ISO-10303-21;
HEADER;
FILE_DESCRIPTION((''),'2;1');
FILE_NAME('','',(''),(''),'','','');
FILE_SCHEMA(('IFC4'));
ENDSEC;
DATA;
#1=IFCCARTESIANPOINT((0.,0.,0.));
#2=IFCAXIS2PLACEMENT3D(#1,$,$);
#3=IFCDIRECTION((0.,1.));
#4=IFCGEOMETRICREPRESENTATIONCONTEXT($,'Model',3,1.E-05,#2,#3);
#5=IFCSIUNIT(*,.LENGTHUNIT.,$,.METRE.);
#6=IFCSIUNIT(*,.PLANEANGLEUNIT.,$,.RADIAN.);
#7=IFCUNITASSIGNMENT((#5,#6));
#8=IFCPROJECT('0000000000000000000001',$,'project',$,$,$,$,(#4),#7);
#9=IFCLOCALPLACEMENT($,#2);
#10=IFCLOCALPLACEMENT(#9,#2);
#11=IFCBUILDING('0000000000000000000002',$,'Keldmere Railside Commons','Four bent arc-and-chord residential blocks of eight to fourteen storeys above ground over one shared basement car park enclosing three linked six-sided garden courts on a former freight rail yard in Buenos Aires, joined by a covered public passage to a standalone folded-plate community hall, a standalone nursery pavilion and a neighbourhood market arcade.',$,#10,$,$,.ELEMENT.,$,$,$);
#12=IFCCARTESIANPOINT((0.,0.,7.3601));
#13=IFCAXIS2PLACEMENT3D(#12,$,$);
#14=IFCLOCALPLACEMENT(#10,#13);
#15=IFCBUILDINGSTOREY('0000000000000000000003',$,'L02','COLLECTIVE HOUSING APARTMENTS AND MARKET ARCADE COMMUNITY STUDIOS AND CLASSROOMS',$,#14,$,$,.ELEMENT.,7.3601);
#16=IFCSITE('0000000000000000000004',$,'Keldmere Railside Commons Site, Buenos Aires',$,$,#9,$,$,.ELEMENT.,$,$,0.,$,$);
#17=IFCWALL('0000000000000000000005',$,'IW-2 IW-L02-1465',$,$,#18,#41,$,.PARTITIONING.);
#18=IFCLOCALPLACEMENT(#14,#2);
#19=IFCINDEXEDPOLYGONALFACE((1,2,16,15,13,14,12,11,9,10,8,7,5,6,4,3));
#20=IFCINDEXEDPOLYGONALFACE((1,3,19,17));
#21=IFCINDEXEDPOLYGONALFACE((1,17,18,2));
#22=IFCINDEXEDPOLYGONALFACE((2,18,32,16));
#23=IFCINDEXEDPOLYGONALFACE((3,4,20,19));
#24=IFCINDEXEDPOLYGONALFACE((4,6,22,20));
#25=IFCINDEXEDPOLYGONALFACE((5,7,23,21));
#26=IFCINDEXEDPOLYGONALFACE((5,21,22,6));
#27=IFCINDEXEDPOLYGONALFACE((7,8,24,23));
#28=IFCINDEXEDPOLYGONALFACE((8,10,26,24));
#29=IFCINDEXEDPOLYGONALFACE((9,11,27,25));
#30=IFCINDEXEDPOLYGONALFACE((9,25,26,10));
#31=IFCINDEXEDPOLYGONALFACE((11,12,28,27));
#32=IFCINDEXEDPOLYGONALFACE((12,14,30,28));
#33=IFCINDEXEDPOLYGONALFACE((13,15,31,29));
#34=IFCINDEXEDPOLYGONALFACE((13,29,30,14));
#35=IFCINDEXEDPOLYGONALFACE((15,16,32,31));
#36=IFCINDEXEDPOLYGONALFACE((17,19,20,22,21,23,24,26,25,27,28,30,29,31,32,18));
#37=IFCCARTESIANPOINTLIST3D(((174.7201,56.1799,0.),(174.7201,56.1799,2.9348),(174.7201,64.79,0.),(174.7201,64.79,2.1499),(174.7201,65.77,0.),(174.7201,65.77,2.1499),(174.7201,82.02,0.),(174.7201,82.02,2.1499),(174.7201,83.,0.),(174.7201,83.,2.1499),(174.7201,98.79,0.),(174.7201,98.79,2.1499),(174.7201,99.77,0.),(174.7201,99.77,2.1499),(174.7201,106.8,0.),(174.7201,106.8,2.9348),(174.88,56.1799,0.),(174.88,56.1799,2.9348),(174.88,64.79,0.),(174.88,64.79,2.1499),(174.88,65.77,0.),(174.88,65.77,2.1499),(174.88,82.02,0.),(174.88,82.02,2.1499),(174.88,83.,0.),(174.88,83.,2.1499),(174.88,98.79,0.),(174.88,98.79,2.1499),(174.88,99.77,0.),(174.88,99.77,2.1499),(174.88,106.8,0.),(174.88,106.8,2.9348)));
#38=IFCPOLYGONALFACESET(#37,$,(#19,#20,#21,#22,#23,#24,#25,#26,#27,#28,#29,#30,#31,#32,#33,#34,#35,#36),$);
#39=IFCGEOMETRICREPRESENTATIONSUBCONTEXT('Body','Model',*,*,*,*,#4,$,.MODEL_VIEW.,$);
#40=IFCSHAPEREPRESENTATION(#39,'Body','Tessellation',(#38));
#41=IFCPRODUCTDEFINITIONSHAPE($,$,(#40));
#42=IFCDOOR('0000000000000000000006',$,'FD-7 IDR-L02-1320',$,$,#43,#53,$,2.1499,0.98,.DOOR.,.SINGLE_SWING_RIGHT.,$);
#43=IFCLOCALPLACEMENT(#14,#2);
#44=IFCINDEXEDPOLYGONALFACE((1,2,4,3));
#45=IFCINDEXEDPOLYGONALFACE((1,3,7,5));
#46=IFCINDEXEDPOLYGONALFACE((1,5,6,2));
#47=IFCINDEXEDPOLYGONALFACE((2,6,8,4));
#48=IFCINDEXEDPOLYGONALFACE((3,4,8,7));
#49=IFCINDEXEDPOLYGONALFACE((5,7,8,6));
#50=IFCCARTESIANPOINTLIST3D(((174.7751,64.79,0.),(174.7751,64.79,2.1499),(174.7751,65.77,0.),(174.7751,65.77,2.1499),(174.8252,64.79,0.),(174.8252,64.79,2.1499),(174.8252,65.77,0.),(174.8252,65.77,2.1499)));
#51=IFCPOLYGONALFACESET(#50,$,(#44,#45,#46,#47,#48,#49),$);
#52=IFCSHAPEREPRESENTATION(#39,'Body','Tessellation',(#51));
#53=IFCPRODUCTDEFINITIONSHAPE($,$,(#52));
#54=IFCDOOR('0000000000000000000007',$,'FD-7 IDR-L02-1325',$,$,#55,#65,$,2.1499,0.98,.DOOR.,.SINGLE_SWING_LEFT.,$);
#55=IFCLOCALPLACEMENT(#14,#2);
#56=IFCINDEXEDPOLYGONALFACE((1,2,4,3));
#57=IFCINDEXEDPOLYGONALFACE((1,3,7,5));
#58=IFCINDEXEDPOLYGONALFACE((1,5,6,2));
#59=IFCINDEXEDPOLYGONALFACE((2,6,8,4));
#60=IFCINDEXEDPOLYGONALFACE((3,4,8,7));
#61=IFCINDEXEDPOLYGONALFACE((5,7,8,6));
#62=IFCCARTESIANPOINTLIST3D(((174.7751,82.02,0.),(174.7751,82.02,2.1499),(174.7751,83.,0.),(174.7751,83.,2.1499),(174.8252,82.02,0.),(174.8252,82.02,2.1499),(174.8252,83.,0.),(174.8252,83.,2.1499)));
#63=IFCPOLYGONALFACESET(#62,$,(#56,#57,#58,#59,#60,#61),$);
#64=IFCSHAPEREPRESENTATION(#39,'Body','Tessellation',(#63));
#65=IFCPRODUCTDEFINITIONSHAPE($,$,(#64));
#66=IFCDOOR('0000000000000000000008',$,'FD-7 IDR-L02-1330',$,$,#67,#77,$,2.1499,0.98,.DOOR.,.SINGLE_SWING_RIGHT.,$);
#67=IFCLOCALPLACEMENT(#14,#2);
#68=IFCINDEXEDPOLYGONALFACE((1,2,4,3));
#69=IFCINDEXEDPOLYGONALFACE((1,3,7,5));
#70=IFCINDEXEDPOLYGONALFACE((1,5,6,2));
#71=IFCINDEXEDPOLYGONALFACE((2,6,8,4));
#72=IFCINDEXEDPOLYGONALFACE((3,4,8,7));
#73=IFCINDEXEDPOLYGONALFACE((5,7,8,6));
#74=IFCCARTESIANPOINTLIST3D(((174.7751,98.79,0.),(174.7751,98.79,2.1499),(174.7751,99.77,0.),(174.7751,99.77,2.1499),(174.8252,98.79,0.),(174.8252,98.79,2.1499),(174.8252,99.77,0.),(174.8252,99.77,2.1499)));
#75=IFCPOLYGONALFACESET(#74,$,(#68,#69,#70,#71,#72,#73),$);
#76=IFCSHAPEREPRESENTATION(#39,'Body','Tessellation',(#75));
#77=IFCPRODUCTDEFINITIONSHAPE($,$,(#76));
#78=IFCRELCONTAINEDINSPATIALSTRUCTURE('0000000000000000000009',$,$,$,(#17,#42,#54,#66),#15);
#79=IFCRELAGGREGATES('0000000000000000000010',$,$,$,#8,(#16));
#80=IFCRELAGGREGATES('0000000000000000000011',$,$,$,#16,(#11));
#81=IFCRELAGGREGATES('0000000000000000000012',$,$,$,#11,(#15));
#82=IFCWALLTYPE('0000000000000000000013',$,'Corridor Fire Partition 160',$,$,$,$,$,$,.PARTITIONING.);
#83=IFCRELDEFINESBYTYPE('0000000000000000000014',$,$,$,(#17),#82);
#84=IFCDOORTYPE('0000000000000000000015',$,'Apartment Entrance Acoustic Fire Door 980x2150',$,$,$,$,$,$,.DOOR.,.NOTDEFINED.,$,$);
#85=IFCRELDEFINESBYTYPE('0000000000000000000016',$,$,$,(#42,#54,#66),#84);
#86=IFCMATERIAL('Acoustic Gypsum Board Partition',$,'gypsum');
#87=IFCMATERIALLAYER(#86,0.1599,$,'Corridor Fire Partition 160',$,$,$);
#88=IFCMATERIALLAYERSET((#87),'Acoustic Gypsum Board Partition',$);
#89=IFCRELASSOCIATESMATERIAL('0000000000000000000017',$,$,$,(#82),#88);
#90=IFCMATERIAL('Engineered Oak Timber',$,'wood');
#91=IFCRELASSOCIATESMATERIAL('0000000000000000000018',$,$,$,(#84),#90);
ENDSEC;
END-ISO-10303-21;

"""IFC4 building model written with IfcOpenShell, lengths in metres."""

from ifc_helpers import new_model, si_unit, direction, frame, frame_2d, origin, place, context, subcontext, project, spatial, rectangle, extrude, material, layer, layer_set, type_object, element, fill, save


model = new_model("IFC4")

# Units and contexts
model_context = context("Model", 3, precision=1e-05, world=origin(), true_north=direction((0.0, 1.0)))
body_context = subcontext(model_context, "Body", "Model", "MODEL_VIEW")
ifc_project = project(units=[si_unit("LENGTHUNIT", "METRE"), si_unit("PLANEANGLEUNIT", "RADIAN")], contexts=[model_context])

# Site, building, storey
site_placement = place(None, origin())
site = spatial("IfcSite", under=ifc_project, at=site_placement, Name="Keldmere Railside Commons Site, Buenos Aires", CompositionType="ELEMENT", RefElevation=0.0)
building_placement = place(site_placement, origin())
building = spatial("IfcBuilding", under=site, at=building_placement, Name="Keldmere Railside Commons", Description="Four bent arc-and-chord residential blocks of eight to fourteen storeys above ground over one shared basement car park enclosing three linked six-sided garden courts on a former freight rail yard in Buenos Aires, joined by a covered public passage to a standalone folded-plate community hall, a standalone nursery pavilion and a neighbourhood market arcade.", CompositionType="ELEMENT")
storey_placement = place(building_placement, frame((0.0, 0.0, 7.3601)))
storey = spatial("IfcBuildingStorey", under=building, at=storey_placement, Name="L02", Description="COLLECTIVE HOUSING APARTMENTS AND MARKET ARCADE COMMUNITY STUDIOS AND CLASSROOMS", CompositionType="ELEMENT", Elevation=7.3601)

# Shared definitions
ifc_material_1 = material(Name="Acoustic Gypsum Board Partition", Category="gypsum")
ifc_material_2 = material(Name="Engineered Oak Timber", Category="wood")

# Wall, openings, doors
ifc_layer_1 = layer(ifc_material_1, 0.1599, Name="Corridor Fire Partition 160")
ifc_layer_set_1 = layer_set([ifc_layer_1], Name="Acoustic Gypsum Board Partition")
wall_type_1 = type_object("IfcWallType", Name="Corridor Fire Partition 160", PredefinedType="PARTITIONING", material=ifc_layer_set_1)
wall_1_placement = place(storey_placement, frame((174.8, 56.1799, 0.0), z_axis=(0.0, 0.0, 1.0), x_axis=(0.0, 1.0, 0.0)))
wall_1 = element("IfcWall", 1, at=wall_1_placement, inside=storey, type_object=wall_type_1, Name="IW-2 IW-L02-1465", PredefinedType="PARTITIONING", context=body_context, shape_type="SweptSolid", body=[
    extrude(rectangle(XDim=50.6201, YDim=0.1599, at=frame_2d((25.3101, 0.0))), origin(), (0.0, 0.0, 1.0), 2.9348),
])
opening_1_placement = place(wall_1_placement, frame((8.6101, 0.0, 0.0)))
opening_1 = element("IfcOpeningElement", 2, at=opening_1_placement, cuts=wall_1, PredefinedType="OPENING", context=body_context, shape_type="SweptSolid", body=[
    extrude(rectangle(XDim=0.98, YDim=2.1499, at=frame_2d((0.49, 1.075))), frame((0.0, 0.0898, 0.0), z_axis=(0.0, -1.0, 0.0), x_axis=(1.0, 0.0, 0.0)), (0.0, 0.0, 1.0), 0.1799),
])
opening_2_placement = place(wall_1_placement, frame((25.8401, 0.0, 0.0)))
opening_2 = element("IfcOpeningElement", 3, at=opening_2_placement, cuts=wall_1, PredefinedType="OPENING", context=body_context, shape_type="SweptSolid", body=[
    extrude(rectangle(XDim=0.98, YDim=2.1499, at=frame_2d((0.49, 1.075))), frame((0.0, 0.0898, 0.0), z_axis=(0.0, -1.0, 0.0), x_axis=(1.0, 0.0, 0.0)), (0.0, 0.0, 1.0), 0.1799),
])
opening_3_placement = place(wall_1_placement, frame((42.6101, 0.0, 0.0)))
opening_3 = element("IfcOpeningElement", 4, at=opening_3_placement, cuts=wall_1, PredefinedType="OPENING", context=body_context, shape_type="SweptSolid", body=[
    extrude(rectangle(XDim=0.98, YDim=2.1499, at=frame_2d((0.49, 1.075))), frame((0.0, 0.0898, 0.0), z_axis=(0.0, -1.0, 0.0), x_axis=(1.0, 0.0, 0.0)), (0.0, 0.0, 1.0), 0.1799),
])
door_type_1 = type_object("IfcDoorType", Name="Apartment Entrance Acoustic Fire Door 980x2150", OperationType="NOTDEFINED", PredefinedType="DOOR", material=ifc_material_2)
door_1_placement = place(opening_1_placement, origin())
door_1 = element("IfcDoor", 5, at=door_1_placement, inside=storey, type_object=door_type_1, Name="FD-7 IDR-L02-1320", OperationType="SINGLE_SWING_RIGHT", OverallHeight=2.1499, OverallWidth=0.98, PredefinedType="DOOR", context=body_context, shape_type="SweptSolid", body=[
    extrude(rectangle(XDim=0.98, YDim=2.1499, at=frame_2d((0.49, 1.075))), frame((0.0, 0.0249, 0.0), z_axis=(0.0, -1.0, 0.0), x_axis=(1.0, 0.0, 0.0)), (0.0, 0.0, 1.0), 0.05),
])
fill(opening_1, door_1)
door_2_placement = place(opening_2_placement, origin())
door_2 = element("IfcDoor", 6, at=door_2_placement, inside=storey, type_object=door_type_1, Name="FD-7 IDR-L02-1325", OperationType="SINGLE_SWING_LEFT", OverallHeight=2.1499, OverallWidth=0.98, PredefinedType="DOOR", context=body_context, shape_type="SweptSolid", body=[
    extrude(rectangle(XDim=0.98, YDim=2.1499, at=frame_2d((0.49, 1.075))), frame((0.0, 0.0249, 0.0), z_axis=(0.0, -1.0, 0.0), x_axis=(1.0, 0.0, 0.0)), (0.0, 0.0, 1.0), 0.05),
])
fill(opening_2, door_2)
door_3_placement = place(opening_3_placement, origin())
door_3 = element("IfcDoor", 7, at=door_3_placement, inside=storey, type_object=door_type_1, Name="FD-7 IDR-L02-1330", OperationType="SINGLE_SWING_RIGHT", OverallHeight=2.1499, OverallWidth=0.98, PredefinedType="DOOR", context=body_context, shape_type="SweptSolid", body=[
    extrude(rectangle(XDim=0.98, YDim=2.1499, at=frame_2d((0.49, 1.075))), frame((0.0, 0.0249, 0.0), z_axis=(0.0, -1.0, 0.0), x_axis=(1.0, 0.0, 0.0)), (0.0, 0.0, 1.0), 0.05),
])
fill(opening_3, door_3)

save(model, "model.ifc")
